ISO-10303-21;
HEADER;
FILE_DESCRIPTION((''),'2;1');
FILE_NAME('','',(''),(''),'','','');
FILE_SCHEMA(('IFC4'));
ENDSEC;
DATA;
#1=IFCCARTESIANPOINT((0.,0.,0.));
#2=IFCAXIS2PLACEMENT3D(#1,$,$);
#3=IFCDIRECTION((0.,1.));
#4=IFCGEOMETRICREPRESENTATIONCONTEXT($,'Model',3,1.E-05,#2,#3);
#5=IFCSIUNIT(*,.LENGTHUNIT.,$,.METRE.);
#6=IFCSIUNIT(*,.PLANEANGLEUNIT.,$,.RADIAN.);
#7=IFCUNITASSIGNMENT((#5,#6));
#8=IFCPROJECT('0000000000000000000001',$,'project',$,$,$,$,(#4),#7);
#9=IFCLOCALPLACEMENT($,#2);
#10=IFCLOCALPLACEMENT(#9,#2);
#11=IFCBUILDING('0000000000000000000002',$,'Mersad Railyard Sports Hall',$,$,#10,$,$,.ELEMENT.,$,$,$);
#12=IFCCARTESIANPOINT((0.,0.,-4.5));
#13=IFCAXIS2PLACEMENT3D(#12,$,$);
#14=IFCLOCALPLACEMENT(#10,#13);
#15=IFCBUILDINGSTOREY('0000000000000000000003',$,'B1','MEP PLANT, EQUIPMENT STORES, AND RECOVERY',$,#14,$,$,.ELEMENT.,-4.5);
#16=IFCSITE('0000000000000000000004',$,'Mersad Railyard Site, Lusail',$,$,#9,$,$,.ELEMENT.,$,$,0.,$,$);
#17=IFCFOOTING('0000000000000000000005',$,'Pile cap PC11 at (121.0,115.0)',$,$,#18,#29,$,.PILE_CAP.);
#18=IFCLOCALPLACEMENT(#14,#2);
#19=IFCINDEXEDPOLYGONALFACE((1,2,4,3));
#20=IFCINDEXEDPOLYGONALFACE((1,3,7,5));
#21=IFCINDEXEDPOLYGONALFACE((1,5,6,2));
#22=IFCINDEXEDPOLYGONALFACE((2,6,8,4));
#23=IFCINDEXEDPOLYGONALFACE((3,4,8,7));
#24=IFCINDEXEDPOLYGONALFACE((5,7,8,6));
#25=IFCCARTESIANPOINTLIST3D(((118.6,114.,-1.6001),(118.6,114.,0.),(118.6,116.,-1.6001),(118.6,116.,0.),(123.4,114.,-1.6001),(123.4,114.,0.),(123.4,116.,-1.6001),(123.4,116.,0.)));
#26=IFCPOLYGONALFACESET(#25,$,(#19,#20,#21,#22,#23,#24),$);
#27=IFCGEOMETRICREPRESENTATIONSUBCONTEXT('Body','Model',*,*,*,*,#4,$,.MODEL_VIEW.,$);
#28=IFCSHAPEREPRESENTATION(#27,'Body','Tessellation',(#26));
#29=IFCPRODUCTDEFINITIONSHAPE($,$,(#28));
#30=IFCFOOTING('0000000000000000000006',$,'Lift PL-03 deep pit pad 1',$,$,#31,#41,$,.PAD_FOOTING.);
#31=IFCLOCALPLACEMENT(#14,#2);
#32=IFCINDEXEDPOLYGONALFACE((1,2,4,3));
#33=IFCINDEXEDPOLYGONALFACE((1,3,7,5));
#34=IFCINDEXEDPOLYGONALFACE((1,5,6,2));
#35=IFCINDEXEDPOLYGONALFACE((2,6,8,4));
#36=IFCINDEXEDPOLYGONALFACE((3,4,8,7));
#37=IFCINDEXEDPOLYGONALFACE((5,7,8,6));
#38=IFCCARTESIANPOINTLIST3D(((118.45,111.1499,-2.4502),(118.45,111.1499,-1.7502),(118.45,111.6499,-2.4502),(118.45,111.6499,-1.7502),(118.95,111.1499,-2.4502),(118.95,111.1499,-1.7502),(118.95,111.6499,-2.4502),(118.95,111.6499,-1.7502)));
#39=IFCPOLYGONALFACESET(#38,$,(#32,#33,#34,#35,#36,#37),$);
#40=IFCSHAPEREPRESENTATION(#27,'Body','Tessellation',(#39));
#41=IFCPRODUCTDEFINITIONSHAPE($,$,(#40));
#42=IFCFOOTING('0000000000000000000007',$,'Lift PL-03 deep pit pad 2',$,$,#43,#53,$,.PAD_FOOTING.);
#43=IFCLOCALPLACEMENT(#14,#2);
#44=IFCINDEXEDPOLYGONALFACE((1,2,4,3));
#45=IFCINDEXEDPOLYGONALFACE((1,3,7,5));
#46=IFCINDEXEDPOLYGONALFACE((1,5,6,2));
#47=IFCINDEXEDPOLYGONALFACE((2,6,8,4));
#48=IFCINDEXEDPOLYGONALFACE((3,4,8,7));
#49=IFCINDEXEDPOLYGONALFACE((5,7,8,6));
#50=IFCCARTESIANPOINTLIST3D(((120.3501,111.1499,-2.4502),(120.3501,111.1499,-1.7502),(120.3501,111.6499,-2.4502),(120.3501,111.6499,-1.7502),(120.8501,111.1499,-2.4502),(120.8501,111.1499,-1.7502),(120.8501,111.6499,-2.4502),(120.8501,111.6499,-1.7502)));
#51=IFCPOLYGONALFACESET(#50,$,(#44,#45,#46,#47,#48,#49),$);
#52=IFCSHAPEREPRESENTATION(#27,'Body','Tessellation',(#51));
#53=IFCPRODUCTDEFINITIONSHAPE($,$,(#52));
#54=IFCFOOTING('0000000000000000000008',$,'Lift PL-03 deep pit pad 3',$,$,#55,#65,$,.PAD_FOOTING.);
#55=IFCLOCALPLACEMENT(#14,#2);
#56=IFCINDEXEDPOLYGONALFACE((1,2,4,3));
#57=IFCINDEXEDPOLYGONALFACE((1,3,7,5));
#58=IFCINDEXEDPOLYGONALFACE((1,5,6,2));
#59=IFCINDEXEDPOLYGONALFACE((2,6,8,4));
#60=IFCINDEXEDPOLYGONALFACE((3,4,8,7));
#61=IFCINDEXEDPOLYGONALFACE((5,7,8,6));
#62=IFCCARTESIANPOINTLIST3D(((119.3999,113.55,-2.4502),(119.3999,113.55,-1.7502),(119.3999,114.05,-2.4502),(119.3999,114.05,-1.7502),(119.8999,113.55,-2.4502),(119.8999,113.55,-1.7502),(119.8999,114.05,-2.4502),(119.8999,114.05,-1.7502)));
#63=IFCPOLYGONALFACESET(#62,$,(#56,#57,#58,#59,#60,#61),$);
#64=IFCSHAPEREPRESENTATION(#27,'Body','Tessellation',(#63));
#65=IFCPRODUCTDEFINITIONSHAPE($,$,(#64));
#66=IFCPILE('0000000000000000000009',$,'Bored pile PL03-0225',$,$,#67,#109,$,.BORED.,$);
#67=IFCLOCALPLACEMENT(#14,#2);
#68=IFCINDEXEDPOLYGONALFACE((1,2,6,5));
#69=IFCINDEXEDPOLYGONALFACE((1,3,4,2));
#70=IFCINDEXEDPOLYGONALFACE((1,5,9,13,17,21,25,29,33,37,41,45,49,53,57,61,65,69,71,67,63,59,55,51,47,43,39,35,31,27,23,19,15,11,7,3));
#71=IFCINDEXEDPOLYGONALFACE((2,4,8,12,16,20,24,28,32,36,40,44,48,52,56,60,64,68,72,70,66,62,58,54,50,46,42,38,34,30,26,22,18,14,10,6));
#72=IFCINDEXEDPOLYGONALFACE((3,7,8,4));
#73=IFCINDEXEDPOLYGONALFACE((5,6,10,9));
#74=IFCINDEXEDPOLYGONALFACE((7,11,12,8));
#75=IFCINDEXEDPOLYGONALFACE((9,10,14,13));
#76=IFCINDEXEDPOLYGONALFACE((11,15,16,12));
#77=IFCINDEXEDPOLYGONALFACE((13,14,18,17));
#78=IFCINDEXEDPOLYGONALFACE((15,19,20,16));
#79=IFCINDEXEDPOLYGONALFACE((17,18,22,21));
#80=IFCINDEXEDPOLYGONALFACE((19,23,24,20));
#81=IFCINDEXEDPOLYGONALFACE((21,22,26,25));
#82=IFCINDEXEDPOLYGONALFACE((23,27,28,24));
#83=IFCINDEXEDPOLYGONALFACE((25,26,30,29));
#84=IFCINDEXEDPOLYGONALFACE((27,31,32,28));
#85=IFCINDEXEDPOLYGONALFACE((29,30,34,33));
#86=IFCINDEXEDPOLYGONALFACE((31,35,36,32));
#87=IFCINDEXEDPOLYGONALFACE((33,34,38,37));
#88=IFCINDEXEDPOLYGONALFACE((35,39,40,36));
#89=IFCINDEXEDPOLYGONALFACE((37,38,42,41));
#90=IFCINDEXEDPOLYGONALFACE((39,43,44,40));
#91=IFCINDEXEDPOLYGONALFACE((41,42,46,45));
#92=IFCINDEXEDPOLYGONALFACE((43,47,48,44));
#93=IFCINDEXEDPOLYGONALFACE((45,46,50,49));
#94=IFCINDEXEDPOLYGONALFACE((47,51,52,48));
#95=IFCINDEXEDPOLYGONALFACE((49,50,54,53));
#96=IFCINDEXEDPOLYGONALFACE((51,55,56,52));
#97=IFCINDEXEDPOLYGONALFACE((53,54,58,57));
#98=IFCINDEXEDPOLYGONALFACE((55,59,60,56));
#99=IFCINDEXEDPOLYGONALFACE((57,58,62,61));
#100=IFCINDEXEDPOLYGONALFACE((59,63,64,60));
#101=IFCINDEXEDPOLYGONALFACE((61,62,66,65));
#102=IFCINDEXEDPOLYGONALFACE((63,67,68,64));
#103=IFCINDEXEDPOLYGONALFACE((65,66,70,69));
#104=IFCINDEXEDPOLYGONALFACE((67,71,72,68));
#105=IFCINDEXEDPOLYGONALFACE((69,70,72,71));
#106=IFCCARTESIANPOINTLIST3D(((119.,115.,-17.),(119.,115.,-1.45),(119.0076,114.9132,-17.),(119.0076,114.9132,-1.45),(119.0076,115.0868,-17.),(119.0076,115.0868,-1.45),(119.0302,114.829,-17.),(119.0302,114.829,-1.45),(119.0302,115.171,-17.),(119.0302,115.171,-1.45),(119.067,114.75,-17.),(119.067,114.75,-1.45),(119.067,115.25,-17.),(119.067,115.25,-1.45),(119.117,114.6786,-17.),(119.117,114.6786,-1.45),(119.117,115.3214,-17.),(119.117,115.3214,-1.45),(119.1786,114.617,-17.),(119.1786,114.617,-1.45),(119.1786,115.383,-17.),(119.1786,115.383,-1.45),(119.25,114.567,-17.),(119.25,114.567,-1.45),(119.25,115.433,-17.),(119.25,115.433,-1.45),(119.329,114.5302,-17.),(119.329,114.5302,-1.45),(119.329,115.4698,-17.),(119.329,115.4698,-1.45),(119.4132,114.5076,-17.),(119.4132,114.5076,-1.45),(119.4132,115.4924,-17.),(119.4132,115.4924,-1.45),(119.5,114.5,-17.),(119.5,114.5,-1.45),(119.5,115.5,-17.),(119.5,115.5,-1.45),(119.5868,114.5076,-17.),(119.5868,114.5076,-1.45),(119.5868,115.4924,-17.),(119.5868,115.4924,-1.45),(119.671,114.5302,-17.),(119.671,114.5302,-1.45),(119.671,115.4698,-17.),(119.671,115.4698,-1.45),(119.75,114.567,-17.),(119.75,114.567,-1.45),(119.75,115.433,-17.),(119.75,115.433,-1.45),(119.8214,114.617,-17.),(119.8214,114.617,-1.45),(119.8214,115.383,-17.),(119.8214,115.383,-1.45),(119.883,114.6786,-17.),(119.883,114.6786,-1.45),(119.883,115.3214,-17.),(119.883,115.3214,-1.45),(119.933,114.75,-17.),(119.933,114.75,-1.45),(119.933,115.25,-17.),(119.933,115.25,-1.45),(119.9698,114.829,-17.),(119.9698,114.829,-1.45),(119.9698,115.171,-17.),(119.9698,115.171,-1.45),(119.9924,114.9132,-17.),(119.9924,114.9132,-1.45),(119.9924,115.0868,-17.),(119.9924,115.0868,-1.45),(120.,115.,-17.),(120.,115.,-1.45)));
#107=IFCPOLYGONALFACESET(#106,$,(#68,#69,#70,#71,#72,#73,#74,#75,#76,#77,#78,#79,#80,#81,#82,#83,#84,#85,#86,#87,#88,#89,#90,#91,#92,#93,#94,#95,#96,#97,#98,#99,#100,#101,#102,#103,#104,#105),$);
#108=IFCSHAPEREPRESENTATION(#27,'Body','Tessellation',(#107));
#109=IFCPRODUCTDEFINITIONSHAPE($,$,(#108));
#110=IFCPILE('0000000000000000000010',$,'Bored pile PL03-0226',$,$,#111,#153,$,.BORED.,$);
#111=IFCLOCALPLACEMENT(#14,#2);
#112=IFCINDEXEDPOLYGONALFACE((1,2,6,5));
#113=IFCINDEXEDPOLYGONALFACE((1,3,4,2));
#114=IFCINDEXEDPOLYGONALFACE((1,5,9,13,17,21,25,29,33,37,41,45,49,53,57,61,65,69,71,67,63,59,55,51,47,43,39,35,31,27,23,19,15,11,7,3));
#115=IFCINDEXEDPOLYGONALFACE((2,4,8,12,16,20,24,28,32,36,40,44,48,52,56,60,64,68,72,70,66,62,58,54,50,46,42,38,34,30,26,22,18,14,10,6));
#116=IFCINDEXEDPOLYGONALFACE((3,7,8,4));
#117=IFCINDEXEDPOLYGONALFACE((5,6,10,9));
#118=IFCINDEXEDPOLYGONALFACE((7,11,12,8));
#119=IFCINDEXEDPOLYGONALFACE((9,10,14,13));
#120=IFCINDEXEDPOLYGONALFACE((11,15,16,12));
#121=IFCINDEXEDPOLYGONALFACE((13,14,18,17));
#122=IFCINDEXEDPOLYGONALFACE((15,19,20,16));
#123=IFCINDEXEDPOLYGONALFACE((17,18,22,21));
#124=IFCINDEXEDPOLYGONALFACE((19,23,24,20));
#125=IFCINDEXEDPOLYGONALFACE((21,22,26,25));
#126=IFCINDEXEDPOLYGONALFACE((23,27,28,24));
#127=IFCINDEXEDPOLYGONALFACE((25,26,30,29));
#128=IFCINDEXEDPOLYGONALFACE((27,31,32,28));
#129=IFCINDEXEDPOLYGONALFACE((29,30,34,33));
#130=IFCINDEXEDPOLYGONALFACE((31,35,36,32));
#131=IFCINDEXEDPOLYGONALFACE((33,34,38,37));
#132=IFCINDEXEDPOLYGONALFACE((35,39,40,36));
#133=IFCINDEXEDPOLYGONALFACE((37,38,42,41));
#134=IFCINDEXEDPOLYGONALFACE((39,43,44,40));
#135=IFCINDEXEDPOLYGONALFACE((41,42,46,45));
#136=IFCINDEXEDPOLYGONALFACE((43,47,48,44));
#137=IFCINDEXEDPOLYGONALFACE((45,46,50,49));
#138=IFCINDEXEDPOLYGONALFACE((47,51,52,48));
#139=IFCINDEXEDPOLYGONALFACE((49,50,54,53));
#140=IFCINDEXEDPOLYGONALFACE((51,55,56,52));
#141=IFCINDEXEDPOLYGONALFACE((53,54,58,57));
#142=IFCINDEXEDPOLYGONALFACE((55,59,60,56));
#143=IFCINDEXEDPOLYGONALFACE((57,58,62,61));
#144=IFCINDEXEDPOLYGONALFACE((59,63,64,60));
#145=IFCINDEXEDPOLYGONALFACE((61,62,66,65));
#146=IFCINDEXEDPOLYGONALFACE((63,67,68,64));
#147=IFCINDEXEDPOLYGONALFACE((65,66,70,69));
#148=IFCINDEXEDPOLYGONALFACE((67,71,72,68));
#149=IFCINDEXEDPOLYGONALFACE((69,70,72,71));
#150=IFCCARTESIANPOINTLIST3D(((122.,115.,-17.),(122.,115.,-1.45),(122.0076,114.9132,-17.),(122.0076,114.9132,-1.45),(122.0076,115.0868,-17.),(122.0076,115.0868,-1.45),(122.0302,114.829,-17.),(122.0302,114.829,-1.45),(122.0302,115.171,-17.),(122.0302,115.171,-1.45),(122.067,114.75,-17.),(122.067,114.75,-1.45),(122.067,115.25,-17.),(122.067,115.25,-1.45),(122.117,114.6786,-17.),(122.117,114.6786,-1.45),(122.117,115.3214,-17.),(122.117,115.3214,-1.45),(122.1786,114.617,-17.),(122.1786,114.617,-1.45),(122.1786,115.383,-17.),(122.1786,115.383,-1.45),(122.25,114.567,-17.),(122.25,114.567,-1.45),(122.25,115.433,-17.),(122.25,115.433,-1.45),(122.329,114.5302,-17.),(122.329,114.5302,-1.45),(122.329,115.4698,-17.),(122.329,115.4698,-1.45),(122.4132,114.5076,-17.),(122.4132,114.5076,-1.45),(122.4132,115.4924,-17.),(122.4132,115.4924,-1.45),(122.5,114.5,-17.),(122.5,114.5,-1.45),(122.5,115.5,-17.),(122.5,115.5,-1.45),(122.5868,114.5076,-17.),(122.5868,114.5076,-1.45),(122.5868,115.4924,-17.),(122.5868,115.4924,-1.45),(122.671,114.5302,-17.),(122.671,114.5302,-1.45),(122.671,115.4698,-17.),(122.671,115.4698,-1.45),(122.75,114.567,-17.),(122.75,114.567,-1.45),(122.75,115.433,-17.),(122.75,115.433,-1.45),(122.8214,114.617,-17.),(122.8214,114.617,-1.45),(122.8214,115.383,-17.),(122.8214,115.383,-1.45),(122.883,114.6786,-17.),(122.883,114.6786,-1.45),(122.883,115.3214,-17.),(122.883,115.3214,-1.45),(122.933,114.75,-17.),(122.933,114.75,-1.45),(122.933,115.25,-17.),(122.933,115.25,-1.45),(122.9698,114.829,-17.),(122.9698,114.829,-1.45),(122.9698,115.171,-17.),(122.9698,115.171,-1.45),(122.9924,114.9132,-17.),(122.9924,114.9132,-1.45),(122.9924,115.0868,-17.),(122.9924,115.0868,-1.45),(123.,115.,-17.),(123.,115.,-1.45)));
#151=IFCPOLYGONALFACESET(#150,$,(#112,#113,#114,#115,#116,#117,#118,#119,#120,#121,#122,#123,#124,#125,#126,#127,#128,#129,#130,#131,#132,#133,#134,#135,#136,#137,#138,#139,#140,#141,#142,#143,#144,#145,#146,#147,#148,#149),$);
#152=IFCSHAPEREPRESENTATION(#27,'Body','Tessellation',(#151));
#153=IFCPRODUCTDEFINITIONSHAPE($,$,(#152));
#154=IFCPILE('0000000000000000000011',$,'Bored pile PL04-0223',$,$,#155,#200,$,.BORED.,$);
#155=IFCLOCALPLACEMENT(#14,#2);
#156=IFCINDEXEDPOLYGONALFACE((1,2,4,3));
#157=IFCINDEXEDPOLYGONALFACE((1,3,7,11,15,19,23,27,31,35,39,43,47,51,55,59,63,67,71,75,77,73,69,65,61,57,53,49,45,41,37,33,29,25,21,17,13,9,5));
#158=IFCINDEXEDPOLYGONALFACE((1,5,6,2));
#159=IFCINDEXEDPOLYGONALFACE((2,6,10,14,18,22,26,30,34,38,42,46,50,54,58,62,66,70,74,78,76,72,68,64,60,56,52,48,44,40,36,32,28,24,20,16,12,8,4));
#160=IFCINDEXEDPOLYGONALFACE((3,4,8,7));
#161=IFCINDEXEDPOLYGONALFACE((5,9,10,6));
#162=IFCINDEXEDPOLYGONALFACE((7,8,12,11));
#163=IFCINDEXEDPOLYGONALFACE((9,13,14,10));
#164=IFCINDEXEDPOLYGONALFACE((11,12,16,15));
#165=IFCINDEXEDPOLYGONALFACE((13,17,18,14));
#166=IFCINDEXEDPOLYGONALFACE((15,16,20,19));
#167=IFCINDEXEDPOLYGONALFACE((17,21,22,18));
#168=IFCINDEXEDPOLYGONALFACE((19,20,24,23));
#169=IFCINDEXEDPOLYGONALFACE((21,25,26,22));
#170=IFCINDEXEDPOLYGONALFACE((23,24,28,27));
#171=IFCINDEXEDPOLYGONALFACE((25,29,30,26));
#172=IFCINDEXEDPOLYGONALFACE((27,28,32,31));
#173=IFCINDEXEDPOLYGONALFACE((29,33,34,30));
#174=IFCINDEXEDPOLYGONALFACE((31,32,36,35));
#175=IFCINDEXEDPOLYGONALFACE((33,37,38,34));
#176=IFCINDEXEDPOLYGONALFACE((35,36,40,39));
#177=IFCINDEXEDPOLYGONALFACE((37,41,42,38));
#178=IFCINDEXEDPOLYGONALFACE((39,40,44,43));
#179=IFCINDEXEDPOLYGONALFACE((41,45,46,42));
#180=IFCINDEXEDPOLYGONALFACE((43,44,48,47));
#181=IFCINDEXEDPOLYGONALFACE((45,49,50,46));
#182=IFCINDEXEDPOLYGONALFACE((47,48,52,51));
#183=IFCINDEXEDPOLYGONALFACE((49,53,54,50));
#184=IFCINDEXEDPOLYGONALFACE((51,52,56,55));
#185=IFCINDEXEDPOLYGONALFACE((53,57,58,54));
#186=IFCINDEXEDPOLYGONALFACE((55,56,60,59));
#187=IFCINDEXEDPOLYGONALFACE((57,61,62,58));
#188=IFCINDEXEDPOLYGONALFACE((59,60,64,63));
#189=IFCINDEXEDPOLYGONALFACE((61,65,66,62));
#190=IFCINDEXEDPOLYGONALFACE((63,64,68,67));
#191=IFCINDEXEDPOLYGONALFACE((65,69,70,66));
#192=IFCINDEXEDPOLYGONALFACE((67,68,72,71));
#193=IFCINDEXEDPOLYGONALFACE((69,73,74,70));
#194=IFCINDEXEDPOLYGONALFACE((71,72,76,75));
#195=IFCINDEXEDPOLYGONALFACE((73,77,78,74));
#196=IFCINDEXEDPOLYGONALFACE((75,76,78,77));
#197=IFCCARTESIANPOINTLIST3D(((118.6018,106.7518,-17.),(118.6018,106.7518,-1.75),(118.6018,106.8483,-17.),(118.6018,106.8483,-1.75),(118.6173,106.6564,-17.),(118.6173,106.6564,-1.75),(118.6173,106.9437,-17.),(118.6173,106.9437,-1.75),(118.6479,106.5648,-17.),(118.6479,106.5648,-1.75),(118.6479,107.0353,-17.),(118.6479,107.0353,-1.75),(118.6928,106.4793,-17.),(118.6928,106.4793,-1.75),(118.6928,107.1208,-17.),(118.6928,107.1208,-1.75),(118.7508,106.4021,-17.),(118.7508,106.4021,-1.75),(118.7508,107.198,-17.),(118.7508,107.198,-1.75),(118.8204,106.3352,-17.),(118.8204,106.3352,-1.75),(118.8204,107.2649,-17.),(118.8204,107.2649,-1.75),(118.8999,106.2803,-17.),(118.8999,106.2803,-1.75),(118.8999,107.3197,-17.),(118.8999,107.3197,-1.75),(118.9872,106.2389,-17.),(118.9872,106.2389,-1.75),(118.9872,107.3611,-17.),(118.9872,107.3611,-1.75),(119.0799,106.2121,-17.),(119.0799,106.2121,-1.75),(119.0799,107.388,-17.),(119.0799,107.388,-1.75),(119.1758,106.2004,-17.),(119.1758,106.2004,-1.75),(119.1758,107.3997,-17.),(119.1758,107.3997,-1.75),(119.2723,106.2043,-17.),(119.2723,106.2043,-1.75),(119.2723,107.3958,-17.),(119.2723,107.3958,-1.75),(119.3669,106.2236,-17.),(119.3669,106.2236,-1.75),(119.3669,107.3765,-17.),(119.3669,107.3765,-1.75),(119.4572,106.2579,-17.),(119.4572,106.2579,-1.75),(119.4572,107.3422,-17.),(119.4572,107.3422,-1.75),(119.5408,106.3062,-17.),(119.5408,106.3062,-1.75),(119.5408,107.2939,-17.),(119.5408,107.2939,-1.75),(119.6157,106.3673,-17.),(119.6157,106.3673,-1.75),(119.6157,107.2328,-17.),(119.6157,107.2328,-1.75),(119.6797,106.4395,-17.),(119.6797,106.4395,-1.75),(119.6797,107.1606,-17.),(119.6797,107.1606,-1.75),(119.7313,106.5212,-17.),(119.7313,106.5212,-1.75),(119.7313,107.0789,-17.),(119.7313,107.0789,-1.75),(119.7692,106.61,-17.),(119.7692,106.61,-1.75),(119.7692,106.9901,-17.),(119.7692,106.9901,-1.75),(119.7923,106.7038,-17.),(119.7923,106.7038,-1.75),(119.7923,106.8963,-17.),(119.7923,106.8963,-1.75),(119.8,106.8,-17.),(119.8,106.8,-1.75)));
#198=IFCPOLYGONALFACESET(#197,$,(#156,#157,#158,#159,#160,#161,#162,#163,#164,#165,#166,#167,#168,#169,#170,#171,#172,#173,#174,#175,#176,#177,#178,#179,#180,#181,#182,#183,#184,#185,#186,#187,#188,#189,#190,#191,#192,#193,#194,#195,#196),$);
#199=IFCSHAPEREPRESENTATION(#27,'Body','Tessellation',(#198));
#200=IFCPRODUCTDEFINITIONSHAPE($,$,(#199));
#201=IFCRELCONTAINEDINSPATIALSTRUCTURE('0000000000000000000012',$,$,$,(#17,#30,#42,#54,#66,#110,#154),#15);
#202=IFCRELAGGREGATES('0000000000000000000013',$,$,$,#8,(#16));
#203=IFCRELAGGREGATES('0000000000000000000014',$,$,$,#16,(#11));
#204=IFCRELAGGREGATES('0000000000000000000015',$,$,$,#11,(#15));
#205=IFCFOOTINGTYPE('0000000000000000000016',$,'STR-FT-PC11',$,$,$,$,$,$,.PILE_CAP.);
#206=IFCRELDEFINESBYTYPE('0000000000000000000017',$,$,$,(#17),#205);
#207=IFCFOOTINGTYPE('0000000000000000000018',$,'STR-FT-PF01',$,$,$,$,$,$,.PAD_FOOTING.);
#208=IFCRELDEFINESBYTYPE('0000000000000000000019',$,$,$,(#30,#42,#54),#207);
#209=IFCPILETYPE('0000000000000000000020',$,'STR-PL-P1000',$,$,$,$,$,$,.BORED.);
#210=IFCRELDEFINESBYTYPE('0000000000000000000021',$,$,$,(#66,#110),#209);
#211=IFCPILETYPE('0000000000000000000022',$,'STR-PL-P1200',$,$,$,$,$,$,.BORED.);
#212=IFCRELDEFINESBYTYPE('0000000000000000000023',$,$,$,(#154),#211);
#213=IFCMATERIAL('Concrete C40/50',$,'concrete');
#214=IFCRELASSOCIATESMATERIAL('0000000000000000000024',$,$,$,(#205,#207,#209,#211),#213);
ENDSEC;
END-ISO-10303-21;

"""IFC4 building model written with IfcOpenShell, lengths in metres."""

from ifc_helpers import new_model, si_unit, direction, frame, origin, origin_2d, place, context, subcontext, project, spatial, rectangle, circle, extrude, material, material_profile, profile_set, type_object, element, save


model = new_model("IFC4")

# Units and contexts
model_context = context("Model", 3, precision=1e-05, world=origin(), true_north=direction((0.0, 1.0)))
body_context = subcontext(model_context, "Body", "Model", "MODEL_VIEW")
ifc_project = project(units=[si_unit("LENGTHUNIT", "METRE"), si_unit("PLANEANGLEUNIT", "RADIAN")], contexts=[model_context])

# Site, building, storey
site_placement = place(None, origin())
site = spatial("IfcSite", under=ifc_project, at=site_placement, Name="Mersad Railyard Site, Lusail", CompositionType="ELEMENT", RefElevation=0.0)
building_placement = place(site_placement, origin())
building = spatial("IfcBuilding", under=site, at=building_placement, Name="Mersad Railyard Sports Hall", CompositionType="ELEMENT")
storey_placement = place(building_placement, frame((0.0, 0.0, -4.5)))
storey = spatial("IfcBuildingStorey", under=building, at=storey_placement, Name="B1", Description="MEP PLANT, EQUIPMENT STORES, AND RECOVERY", CompositionType="ELEMENT", Elevation=-4.5)

# Footings
ifc_material_1 = material(Name="Concrete C40/50", Category="concrete")
footing_type_1 = type_object("IfcFootingType", Name="STR-FT-PC11", PredefinedType="PILE_CAP", material=ifc_material_1)
footing_placement = place(storey_placement, frame((121.0, 115.0, -1.6001), z_axis=(0.0, 0.0, 1.0), x_axis=(1.0, 0.0, 0.0)))
element("IfcFooting", 1, at=footing_placement, inside=storey, type_object=footing_type_1, Name="Pile cap PC11 at (121.0,115.0)", PredefinedType="PILE_CAP", context=body_context, shape_type="SweptSolid", body=[
    extrude(rectangle(XDim=4.8, YDim=2.0, at=origin_2d()), origin(), (0.0, 0.0, 1.0), 1.6001),
])
footing_type_2 = type_object("IfcFootingType", Name="STR-FT-PF01", PredefinedType="PAD_FOOTING", material=ifc_material_1)
for number, where, z_axis, x_axis, name in (
    (2, (118.7, 111.3999, -2.4502), (0.0, 0.0, 1.0), (1.0, 0.0, 0.0), "Lift PL-03 deep pit pad 1"),
    (3, (120.6001, 111.3999, -2.4502), (0.0, 0.0, 1.0), (1.0, 0.0, 0.0), "Lift PL-03 deep pit pad 2"),
    (4, (119.6499, 113.8, -2.4502), (0.0, 0.0, 1.0), (1.0, 0.0, 0.0), "Lift PL-03 deep pit pad 3"),
):
    element("IfcFooting", number, at=place(storey_placement, frame(where, z_axis=z_axis, x_axis=x_axis)), inside=storey, type_object=footing_type_2, Name=name, PredefinedType="PAD_FOOTING", context=body_context, shape_type="SweptSolid", body=[
        extrude(rectangle(XDim=0.5, YDim=0.5, at=origin_2d()), origin(), (0.0, 0.0, 1.0), 0.7),
    ])

# Piles
ifc_material_profile_1 = material_profile(ifc_material_1, circle(Radius=0.5, at=origin_2d()), Name="BORED PILE D1000")
ifc_profile_set_1 = profile_set([ifc_material_profile_1], Name="Concrete C40/50")
pile_type_1 = type_object("IfcPileType", Name="STR-PL-P1000", PredefinedType="BORED", material=ifc_profile_set_1)
for number, where, z_axis, x_axis, name in (
    (5, (119.5, 115.0, -1.45), (0.0, 0.0, -1.0), (1.0, 0.0, 0.0), "Bored pile PL03-0225"),
    (6, (122.5, 115.0, -1.45), (0.0, 0.0, -1.0), (1.0, 0.0, 0.0), "Bored pile PL03-0226"),
):
    element("IfcPile", number, at=place(storey_placement, frame(where, z_axis=z_axis, x_axis=x_axis)), inside=storey, type_object=pile_type_1, Name=name, PredefinedType="BORED", context=body_context, shape_type="SweptSolid", body=[
        extrude(circle(Radius=0.5, at=origin_2d()), origin(), (0.0, 0.0, 1.0), 15.55),
    ])
ifc_material_profile_2 = material_profile(ifc_material_1, circle(Radius=0.6001, at=origin_2d()), Name="BORED PILE D1200")
ifc_profile_set_2 = profile_set([ifc_material_profile_2], Name="Concrete C40/50")
pile_type_2 = type_object("IfcPileType", Name="STR-PL-P1200", PredefinedType="BORED", material=ifc_profile_set_2)
for number, where, z_axis, x_axis, name in (
    (7, (119.2, 106.8, -1.75), (0.0, 0.0, -1.0), (1.0, 0.0, 0.0), "Bored pile PL04-0223"),
):
    element("IfcPile", number, at=place(storey_placement, frame(where, z_axis=z_axis, x_axis=x_axis)), inside=storey, type_object=pile_type_2, Name=name, PredefinedType="BORED", context=body_context, shape_type="SweptSolid", body=[
        extrude(circle(Radius=0.6001, at=origin_2d()), origin(), (0.0, 0.0, 1.0), 15.25),
    ])

save(model, "model.ifc")
